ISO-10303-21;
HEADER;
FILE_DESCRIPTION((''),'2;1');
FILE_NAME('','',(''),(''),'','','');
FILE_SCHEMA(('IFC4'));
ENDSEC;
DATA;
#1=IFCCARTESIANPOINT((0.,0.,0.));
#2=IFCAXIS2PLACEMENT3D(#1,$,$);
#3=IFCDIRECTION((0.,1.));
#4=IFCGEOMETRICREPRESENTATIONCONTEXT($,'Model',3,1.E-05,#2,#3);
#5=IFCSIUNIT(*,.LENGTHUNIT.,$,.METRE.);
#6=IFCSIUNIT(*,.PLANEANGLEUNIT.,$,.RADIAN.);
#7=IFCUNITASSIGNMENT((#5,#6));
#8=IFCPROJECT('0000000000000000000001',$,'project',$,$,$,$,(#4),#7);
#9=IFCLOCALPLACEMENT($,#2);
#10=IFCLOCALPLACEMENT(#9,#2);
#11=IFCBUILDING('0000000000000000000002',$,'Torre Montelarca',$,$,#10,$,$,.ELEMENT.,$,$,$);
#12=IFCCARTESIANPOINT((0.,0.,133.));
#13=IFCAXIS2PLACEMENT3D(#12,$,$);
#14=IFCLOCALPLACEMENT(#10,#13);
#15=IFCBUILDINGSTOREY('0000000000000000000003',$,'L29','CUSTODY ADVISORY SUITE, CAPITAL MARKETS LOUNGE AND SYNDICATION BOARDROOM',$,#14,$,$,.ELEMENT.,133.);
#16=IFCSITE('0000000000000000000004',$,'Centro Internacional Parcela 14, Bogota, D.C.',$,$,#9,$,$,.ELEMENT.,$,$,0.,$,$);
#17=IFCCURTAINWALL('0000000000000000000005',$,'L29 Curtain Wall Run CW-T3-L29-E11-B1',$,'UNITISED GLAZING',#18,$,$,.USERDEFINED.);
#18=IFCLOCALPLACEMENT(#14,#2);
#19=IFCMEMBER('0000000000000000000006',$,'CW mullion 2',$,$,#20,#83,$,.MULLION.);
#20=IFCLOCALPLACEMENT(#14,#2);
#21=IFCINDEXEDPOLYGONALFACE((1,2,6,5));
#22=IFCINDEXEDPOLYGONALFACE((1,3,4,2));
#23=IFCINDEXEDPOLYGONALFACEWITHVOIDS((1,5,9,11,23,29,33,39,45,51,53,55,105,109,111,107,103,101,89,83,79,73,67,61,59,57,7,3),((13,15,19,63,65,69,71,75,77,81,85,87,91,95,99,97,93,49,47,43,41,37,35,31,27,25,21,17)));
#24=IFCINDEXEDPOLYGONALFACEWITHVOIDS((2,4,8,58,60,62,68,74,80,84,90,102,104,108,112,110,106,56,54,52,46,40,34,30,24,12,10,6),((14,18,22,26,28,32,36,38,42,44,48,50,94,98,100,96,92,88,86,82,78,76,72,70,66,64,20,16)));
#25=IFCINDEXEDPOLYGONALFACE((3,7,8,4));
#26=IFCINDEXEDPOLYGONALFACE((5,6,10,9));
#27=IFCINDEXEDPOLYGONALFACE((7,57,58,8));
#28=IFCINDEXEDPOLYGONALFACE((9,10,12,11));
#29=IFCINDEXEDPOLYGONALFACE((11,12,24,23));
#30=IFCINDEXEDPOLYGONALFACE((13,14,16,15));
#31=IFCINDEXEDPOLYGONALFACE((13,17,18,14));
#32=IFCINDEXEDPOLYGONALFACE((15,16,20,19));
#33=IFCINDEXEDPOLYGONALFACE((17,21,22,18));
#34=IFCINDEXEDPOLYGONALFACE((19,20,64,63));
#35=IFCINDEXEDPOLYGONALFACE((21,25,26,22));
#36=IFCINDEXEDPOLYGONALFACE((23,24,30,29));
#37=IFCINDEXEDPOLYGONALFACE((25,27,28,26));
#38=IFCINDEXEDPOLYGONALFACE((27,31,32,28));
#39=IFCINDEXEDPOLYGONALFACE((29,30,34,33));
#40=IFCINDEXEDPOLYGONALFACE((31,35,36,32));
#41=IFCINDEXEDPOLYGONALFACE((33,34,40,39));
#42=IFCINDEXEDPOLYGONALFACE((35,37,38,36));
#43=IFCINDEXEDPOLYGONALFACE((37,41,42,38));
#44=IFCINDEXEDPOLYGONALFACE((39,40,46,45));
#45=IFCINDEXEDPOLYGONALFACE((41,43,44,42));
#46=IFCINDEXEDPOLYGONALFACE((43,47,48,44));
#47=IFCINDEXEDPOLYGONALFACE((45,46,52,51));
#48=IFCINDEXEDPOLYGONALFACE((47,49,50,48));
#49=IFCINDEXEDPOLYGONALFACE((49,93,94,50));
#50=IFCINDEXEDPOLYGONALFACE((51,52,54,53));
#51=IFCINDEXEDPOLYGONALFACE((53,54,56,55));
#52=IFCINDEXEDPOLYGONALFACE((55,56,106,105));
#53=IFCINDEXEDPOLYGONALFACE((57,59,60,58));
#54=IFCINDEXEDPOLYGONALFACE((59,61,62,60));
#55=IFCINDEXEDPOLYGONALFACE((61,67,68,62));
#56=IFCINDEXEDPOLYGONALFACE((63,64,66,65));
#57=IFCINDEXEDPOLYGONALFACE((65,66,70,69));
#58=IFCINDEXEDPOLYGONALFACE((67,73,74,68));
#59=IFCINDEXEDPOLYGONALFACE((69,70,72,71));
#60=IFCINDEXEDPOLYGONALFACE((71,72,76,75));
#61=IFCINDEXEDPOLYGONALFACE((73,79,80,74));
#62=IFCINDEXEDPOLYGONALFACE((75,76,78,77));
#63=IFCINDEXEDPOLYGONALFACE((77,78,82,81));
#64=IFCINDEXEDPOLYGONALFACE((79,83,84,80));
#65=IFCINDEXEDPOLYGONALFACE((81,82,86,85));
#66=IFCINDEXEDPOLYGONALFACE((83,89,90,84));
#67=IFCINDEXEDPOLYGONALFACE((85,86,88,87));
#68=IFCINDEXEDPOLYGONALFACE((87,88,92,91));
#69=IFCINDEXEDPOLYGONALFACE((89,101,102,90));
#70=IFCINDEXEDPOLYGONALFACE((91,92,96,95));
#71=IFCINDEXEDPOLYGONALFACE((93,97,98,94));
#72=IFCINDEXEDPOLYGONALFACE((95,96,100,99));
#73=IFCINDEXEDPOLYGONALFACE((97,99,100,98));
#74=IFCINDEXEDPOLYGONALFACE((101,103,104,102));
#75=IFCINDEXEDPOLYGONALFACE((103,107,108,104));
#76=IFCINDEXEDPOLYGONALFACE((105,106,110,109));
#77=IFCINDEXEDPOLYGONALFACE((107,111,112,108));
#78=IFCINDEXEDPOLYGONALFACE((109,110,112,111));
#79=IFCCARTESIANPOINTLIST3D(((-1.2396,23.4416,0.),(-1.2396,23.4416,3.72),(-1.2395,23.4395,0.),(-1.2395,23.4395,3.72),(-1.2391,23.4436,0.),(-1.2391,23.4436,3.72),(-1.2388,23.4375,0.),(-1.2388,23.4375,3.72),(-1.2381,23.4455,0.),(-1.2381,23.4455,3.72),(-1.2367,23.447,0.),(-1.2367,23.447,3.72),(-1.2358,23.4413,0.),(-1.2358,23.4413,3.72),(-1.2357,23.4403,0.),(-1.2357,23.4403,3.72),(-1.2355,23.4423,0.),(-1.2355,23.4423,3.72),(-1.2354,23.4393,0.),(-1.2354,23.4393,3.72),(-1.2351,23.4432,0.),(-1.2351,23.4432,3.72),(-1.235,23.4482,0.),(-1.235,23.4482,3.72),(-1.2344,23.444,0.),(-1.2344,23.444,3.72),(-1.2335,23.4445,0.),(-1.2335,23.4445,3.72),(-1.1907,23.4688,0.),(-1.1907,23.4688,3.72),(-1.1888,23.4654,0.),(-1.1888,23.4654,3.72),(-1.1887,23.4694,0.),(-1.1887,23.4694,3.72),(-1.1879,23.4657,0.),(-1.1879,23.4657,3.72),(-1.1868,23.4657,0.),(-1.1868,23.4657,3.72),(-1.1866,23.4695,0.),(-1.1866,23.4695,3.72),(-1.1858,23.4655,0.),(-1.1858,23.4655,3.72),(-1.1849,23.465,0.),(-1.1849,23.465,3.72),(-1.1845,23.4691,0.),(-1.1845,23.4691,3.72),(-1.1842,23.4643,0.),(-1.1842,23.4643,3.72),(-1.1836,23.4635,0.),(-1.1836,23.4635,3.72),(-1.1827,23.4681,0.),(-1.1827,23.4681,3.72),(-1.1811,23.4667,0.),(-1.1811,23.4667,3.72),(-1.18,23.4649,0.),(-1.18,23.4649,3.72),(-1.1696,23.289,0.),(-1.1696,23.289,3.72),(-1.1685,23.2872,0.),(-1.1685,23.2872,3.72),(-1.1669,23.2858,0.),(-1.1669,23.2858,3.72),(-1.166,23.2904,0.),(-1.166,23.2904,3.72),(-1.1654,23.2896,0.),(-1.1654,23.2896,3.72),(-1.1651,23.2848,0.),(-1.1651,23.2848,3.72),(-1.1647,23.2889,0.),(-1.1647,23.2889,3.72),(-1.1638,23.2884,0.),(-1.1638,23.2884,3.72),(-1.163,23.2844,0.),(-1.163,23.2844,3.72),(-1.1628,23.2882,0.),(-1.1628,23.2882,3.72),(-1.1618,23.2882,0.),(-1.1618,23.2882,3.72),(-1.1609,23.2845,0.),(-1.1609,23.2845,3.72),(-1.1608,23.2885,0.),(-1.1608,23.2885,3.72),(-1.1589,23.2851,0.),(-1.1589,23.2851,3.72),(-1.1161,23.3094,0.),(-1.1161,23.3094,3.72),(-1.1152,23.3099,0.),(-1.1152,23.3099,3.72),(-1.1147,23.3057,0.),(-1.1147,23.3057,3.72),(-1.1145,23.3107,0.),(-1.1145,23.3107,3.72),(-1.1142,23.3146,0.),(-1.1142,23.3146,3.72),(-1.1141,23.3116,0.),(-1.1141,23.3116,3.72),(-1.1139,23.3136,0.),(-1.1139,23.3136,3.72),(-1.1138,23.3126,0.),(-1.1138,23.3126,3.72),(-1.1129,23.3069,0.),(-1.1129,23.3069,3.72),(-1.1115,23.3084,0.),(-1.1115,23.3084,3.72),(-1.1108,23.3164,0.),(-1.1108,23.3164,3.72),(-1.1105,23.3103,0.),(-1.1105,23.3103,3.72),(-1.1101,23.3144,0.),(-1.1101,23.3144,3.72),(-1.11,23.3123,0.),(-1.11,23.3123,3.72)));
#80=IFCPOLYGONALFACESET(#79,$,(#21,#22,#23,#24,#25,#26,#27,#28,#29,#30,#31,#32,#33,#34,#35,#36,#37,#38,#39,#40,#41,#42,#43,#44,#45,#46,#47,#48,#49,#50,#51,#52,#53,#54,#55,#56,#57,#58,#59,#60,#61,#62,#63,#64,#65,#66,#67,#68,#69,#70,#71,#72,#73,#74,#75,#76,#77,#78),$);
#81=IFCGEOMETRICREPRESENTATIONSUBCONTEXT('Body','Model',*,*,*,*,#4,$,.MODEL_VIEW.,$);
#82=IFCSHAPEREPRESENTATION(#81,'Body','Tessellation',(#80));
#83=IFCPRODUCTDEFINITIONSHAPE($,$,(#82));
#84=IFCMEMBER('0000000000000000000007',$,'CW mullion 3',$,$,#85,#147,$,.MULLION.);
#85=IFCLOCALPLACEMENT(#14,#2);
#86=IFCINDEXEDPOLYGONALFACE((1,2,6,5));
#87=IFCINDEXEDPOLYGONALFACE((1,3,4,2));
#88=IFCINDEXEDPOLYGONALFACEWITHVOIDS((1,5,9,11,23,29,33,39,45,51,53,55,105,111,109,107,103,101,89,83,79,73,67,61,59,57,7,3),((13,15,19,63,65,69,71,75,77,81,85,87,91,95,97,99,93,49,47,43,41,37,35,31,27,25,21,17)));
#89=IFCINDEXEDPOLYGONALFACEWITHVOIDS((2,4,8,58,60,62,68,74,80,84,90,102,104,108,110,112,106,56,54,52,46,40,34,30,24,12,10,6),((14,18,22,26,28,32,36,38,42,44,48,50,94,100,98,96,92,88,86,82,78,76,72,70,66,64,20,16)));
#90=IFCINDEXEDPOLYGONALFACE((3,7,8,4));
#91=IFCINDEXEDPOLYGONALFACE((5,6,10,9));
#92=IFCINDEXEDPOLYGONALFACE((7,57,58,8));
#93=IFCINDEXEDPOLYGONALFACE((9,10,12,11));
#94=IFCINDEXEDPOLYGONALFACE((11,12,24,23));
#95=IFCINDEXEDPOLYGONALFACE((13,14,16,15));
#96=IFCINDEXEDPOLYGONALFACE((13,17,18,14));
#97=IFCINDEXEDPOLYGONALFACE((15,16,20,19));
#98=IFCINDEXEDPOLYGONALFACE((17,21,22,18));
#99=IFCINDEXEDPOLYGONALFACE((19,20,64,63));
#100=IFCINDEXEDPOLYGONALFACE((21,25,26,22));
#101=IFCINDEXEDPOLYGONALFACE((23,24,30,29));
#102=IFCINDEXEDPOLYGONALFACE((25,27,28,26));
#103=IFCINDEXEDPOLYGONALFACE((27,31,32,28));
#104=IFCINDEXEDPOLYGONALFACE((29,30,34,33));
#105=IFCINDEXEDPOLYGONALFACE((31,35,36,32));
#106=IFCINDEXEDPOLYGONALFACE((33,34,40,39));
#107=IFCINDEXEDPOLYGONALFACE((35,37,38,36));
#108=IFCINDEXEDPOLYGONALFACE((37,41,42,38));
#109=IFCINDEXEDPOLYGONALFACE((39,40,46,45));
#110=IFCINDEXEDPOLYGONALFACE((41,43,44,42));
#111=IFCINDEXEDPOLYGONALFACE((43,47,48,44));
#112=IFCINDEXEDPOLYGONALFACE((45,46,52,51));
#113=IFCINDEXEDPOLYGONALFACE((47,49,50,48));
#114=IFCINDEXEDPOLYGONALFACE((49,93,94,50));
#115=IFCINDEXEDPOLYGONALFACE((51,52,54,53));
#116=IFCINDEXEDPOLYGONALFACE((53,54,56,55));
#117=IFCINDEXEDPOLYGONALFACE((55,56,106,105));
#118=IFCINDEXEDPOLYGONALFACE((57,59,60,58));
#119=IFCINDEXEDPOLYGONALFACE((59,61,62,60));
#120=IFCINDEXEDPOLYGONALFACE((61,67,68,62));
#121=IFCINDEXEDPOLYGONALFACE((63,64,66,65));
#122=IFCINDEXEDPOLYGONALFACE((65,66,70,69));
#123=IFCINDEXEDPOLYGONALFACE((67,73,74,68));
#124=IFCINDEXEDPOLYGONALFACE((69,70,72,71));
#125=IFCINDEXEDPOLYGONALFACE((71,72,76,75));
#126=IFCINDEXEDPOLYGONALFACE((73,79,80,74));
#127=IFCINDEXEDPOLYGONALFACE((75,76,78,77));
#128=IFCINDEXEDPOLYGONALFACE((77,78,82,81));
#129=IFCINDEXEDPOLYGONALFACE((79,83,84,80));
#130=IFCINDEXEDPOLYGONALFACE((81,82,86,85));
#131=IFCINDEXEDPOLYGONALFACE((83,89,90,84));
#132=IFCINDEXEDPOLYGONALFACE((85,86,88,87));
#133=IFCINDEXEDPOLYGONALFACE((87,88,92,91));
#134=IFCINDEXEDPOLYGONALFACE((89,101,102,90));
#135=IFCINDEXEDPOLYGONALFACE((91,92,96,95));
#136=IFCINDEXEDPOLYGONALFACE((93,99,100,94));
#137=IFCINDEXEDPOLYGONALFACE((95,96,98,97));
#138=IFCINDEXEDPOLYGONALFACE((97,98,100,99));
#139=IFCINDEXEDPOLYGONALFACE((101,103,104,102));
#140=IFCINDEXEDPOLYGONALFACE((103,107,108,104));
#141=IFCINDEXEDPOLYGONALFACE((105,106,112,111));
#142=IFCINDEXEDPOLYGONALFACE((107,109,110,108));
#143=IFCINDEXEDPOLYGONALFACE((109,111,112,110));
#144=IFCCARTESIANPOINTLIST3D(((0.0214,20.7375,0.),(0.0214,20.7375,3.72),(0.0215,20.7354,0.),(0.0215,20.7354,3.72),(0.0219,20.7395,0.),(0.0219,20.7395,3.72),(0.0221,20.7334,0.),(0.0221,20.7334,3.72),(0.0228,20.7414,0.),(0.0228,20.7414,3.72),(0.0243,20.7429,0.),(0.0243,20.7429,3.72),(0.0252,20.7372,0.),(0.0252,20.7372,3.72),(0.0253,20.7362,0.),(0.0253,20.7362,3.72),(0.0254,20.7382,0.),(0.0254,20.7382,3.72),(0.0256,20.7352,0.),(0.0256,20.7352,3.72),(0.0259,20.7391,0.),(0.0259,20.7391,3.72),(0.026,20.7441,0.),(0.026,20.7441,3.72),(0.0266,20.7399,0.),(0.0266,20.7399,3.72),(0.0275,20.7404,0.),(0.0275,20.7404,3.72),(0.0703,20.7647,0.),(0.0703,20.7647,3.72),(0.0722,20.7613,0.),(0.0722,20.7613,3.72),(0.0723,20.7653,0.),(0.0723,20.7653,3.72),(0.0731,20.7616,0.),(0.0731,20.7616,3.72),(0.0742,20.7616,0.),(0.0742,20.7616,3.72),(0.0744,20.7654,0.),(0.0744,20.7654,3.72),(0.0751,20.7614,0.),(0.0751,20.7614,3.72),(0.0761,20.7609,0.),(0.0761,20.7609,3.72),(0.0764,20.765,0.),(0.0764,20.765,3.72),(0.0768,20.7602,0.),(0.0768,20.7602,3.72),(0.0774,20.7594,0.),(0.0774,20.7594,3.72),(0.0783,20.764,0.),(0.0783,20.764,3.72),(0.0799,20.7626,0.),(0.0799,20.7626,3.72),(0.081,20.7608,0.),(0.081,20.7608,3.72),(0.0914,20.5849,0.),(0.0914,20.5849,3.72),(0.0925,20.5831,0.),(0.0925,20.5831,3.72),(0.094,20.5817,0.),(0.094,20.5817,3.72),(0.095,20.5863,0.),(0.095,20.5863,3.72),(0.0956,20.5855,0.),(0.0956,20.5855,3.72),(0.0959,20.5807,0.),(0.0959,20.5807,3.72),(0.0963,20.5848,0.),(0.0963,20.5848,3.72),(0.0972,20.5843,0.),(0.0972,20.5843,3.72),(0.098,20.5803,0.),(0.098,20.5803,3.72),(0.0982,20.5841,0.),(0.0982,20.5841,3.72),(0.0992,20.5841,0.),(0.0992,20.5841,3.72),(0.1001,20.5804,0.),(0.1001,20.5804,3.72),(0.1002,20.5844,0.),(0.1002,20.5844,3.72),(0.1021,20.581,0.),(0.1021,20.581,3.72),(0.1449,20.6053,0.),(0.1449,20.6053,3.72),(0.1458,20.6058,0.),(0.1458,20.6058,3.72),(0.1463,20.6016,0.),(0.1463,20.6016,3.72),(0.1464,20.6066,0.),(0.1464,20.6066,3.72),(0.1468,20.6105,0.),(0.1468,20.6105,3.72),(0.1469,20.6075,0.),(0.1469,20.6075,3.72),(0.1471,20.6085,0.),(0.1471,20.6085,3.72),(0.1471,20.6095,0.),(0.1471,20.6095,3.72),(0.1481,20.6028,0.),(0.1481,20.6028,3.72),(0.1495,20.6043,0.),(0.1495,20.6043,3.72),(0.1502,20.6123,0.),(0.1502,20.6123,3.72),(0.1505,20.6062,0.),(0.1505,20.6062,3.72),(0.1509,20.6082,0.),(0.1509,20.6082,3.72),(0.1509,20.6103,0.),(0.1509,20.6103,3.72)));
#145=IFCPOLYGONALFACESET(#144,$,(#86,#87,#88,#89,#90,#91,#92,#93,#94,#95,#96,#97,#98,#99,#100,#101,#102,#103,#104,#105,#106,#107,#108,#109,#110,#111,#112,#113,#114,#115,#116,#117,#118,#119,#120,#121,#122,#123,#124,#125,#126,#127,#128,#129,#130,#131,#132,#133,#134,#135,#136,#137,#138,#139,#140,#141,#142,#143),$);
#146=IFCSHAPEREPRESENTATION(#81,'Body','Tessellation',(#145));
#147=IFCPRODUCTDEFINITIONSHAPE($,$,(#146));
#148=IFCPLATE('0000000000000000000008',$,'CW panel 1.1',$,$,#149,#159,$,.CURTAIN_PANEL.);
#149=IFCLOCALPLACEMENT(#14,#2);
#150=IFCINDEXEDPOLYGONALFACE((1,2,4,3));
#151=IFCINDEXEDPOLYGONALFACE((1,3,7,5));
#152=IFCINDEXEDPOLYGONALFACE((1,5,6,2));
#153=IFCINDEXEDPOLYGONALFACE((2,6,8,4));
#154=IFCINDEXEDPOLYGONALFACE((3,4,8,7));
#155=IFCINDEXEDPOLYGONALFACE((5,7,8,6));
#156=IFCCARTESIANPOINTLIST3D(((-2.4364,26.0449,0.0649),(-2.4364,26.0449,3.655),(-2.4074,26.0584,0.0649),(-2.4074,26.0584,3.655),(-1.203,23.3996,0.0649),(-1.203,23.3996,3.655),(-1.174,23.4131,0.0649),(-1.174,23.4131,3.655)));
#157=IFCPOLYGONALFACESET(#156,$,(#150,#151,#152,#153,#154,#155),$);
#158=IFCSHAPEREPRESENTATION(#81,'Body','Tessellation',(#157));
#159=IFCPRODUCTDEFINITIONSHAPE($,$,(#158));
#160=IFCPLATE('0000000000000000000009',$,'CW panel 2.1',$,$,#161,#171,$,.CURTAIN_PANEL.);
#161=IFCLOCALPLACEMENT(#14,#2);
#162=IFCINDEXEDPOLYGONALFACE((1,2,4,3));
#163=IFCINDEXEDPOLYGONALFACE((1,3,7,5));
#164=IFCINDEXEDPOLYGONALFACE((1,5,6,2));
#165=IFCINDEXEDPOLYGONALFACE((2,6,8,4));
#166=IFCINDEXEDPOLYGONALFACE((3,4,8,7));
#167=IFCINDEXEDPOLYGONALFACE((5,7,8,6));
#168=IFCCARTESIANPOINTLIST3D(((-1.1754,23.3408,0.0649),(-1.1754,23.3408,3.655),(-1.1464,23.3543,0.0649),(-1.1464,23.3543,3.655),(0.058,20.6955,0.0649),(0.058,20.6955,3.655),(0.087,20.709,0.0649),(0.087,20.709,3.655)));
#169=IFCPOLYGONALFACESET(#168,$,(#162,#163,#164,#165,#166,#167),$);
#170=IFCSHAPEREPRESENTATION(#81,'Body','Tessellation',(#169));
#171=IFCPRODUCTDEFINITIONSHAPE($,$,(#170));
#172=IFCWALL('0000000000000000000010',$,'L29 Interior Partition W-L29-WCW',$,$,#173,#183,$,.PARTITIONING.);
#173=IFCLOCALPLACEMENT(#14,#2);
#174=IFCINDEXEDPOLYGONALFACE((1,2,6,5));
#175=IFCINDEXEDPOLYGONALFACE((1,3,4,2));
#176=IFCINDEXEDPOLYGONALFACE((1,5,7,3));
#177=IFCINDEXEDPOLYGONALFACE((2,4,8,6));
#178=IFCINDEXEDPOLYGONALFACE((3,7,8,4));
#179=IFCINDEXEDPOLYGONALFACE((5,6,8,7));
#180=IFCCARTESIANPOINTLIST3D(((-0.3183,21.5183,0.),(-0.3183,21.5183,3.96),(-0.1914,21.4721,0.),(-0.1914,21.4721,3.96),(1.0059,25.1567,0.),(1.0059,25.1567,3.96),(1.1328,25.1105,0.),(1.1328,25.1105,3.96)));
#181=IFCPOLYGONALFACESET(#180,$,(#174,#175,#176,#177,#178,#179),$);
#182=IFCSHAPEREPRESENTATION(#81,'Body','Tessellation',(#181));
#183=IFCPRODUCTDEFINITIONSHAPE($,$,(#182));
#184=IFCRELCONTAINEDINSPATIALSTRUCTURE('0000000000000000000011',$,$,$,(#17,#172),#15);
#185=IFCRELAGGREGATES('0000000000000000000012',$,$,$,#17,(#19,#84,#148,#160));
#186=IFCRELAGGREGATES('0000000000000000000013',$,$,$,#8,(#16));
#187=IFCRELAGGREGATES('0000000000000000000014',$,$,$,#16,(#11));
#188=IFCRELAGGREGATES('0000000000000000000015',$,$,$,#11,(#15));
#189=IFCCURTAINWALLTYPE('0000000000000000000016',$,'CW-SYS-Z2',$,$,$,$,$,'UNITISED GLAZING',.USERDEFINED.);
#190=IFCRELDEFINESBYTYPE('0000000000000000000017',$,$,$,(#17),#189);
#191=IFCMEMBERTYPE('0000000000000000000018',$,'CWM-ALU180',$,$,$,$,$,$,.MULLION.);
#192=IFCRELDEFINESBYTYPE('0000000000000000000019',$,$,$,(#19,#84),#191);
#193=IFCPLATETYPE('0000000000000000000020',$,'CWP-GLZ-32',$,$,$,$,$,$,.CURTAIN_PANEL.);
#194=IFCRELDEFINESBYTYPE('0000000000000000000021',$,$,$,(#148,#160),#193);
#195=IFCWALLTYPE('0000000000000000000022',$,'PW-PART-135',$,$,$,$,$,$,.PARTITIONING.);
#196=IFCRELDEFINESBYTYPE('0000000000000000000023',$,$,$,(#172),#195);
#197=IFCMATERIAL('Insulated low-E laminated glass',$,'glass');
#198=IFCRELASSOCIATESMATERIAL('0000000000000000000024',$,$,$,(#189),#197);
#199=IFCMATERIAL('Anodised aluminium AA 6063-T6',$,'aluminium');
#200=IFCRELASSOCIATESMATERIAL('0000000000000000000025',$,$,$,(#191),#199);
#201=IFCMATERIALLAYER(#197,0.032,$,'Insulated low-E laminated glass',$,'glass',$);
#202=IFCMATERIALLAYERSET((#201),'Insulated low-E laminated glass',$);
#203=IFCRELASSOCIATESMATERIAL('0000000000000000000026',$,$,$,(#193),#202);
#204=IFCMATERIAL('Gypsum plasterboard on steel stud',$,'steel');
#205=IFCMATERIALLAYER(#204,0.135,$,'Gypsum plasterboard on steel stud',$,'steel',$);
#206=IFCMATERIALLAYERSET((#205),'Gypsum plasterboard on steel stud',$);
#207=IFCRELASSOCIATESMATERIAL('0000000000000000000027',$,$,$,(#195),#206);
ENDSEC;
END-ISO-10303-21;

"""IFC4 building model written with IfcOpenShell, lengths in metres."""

from ifc_helpers import new_model, si_unit, direction, frame, frame_2d, origin, origin_2d, place, context, subcontext, project, spatial, rectangle, hollow_rectangle, extrude, source, transform, mapped, material, layer, layer_set, material_profile, profile_set, type_object, element, aggregate, save


model = new_model("IFC4")

# Units and contexts
model_context = context("Model", 3, precision=1e-05, world=origin(), true_north=direction((0.0, 1.0)))
body_context = subcontext(model_context, "Body", "Model", "MODEL_VIEW")
ifc_project = project(units=[si_unit("LENGTHUNIT", "METRE"), si_unit("PLANEANGLEUNIT", "RADIAN")], contexts=[model_context])

# Site, building, storey
site_placement = place(None, origin())
site = spatial("IfcSite", under=ifc_project, at=site_placement, Name="Centro Internacional Parcela 14, Bogota, D.C.", CompositionType="ELEMENT", RefElevation=0.0)
building_placement = place(site_placement, origin())
building = spatial("IfcBuilding", under=site, at=building_placement, Name="Torre Montelarca", CompositionType="ELEMENT")
storey_placement = place(building_placement, frame((0.0, 0.0, 133.0)))
storey = spatial("IfcBuildingStorey", under=building, at=storey_placement, Name="L29", Description="CUSTODY ADVISORY SUITE, CAPITAL MARKETS LOUNGE AND SYNDICATION BOARDROOM", CompositionType="ELEMENT", Elevation=133.0)

# Curtain wall
ifc_material_1 = material(Name="Insulated low-E laminated glass", Category="glass")
curtain_wall_type = type_object("IfcCurtainWallType", Name="CW-SYS-Z2", ElementType="UNITISED GLAZING", PredefinedType="USERDEFINED", material=ifc_material_1)
curtain_wall_1_placement = place(storey_placement, origin())
curtain_wall_1 = element("IfcCurtainWall", 1, at=curtain_wall_1_placement, inside=storey, type_object=curtain_wall_type, Name="L29 Curtain Wall Run CW-T3-L29-E11-B1", ObjectType="UNITISED GLAZING", PredefinedType="USERDEFINED")
ifc_material_2 = material(Name="Anodised aluminium AA 6063-T6", Category="aluminium")

# Shared definitions
ifc_material_profile_1 = material_profile(ifc_material_2, hollow_rectangle(XDim=0.0649, YDim=0.1799, WallThickness=0.0039, InnerFilletRadius=0.0039, OuterFilletRadius=0.0081, at=origin_2d()), Name="ALU65X180X4", Category="aluminium")
ifc_profile_set_1 = profile_set([ifc_material_profile_1], Name="Anodised aluminium AA 6063-T6")
member_type_1 = type_object("IfcMemberType", Name="CWM-ALU180", PredefinedType="MULLION", material=ifc_profile_set_1)
shared_shape_1 = source(origin(), body_context, "Body", "SweptSolid", [
    extrude(hollow_rectangle(XDim=0.0649, YDim=0.1799, WallThickness=0.0039, InnerFilletRadius=0.0039, OuterFilletRadius=0.0081, at=origin_2d()), origin(), (0.0, 0.0, 1.0), 3.72),
])

# Members
member_1_placement = place(storey_placement, frame((-1.1748, 23.377, 0.0), z_axis=(0.0, 0.0, 1.0), x_axis=(0.906317, 0.422598, 0.0)))
member_1 = element("IfcMember", 2, at=member_1_placement, type_object=member_type_1, Name="CW mullion 2", PredefinedType="MULLION", context=body_context, shape_type="MappedRepresentation", body=[
    mapped(shared_shape_1, transform((0.0, 0.0, 0.0), scale=1.0)),
])
member_2_placement = place(storey_placement, frame((0.0862, 20.6729, 0.0), z_axis=(0.0, 0.0, 1.0), x_axis=(0.906317, 0.422598, 0.0)))
member_2 = element("IfcMember", 3, at=member_2_placement, type_object=member_type_1, Name="CW mullion 3", PredefinedType="MULLION", context=body_context, shape_type="MappedRepresentation", body=[
    mapped(shared_shape_1, transform((0.0, 0.0, 0.0), scale=1.0)),
])

# Plates
ifc_layer_1 = layer(ifc_material_1, 0.032, Name="Insulated low-E laminated glass", Category="glass")
ifc_layer_set_1 = layer_set([ifc_layer_1], Name="Insulated low-E laminated glass")
plate_type = type_object("IfcPlateType", Name="CWP-GLZ-32", PredefinedType="CURTAIN_PANEL", material=ifc_layer_set_1)
shared_shape_2 = source(origin(), body_context, "Body", "SweptSolid", [
    extrude(rectangle(XDim=2.9187, YDim=0.032, at=origin_2d()), origin(), (0.0, 0.0, 1.0), 3.5901),
])
plate_1_placement = place(storey_placement, frame((-1.8052, 24.729, 0.0649), z_axis=(0.0, 0.0, 1.0), x_axis=(0.422598, -0.906317, 0.0)))
plate_1 = element("IfcPlate", 4, at=plate_1_placement, type_object=plate_type, Name="CW panel 1.1", PredefinedType="CURTAIN_PANEL", context=body_context, shape_type="MappedRepresentation", body=[
    mapped(shared_shape_2, transform((0.0, 0.0, 0.0), scale=1.0)),
])
plate_2_placement = place(storey_placement, frame((-0.5442, 22.0249, 0.0649), z_axis=(0.0, 0.0, 1.0), x_axis=(0.422598, -0.906317, 0.0)))
plate_2 = element("IfcPlate", 5, at=plate_2_placement, type_object=plate_type, Name="CW panel 2.1", PredefinedType="CURTAIN_PANEL", context=body_context, shape_type="MappedRepresentation", body=[
    mapped(shared_shape_2, transform((0.0, 0.0, 0.0), scale=1.0)),
])
aggregate(curtain_wall_1, [member_1, member_2, plate_1, plate_2])

# Shared definitions
ifc_material_3 = material(Name="Gypsum plasterboard on steel stud", Category="steel")

# Wall
ifc_layer_2 = layer(ifc_material_3, 0.135, Name="Gypsum plasterboard on steel stud", Category="steel")
ifc_layer_set_2 = layer_set([ifc_layer_2], Name="Gypsum plasterboard on steel stud")
wall_type_1 = type_object("IfcWallType", Name="PW-PART-135", PredefinedType="PARTITIONING", material=ifc_layer_set_2)
wall_1_placement = place(storey_placement, frame((-0.2549, 21.4951, 0.0), z_axis=(0.0, 0.0, 1.0), x_axis=(0.342006, 0.939698, 0.0)))
element("IfcWall", 6, at=wall_1_placement, inside=storey, type_object=wall_type_1, Name="L29 Interior Partition W-L29-WCW", PredefinedType="PARTITIONING", context=body_context, shape_type="SweptSolid", body=[
    extrude(rectangle(XDim=3.8718, YDim=0.135, at=frame_2d((1.936, 0.0))), origin(), (0.0, 0.0, 1.0), 3.96),
])

save(model, "model.ifc")
